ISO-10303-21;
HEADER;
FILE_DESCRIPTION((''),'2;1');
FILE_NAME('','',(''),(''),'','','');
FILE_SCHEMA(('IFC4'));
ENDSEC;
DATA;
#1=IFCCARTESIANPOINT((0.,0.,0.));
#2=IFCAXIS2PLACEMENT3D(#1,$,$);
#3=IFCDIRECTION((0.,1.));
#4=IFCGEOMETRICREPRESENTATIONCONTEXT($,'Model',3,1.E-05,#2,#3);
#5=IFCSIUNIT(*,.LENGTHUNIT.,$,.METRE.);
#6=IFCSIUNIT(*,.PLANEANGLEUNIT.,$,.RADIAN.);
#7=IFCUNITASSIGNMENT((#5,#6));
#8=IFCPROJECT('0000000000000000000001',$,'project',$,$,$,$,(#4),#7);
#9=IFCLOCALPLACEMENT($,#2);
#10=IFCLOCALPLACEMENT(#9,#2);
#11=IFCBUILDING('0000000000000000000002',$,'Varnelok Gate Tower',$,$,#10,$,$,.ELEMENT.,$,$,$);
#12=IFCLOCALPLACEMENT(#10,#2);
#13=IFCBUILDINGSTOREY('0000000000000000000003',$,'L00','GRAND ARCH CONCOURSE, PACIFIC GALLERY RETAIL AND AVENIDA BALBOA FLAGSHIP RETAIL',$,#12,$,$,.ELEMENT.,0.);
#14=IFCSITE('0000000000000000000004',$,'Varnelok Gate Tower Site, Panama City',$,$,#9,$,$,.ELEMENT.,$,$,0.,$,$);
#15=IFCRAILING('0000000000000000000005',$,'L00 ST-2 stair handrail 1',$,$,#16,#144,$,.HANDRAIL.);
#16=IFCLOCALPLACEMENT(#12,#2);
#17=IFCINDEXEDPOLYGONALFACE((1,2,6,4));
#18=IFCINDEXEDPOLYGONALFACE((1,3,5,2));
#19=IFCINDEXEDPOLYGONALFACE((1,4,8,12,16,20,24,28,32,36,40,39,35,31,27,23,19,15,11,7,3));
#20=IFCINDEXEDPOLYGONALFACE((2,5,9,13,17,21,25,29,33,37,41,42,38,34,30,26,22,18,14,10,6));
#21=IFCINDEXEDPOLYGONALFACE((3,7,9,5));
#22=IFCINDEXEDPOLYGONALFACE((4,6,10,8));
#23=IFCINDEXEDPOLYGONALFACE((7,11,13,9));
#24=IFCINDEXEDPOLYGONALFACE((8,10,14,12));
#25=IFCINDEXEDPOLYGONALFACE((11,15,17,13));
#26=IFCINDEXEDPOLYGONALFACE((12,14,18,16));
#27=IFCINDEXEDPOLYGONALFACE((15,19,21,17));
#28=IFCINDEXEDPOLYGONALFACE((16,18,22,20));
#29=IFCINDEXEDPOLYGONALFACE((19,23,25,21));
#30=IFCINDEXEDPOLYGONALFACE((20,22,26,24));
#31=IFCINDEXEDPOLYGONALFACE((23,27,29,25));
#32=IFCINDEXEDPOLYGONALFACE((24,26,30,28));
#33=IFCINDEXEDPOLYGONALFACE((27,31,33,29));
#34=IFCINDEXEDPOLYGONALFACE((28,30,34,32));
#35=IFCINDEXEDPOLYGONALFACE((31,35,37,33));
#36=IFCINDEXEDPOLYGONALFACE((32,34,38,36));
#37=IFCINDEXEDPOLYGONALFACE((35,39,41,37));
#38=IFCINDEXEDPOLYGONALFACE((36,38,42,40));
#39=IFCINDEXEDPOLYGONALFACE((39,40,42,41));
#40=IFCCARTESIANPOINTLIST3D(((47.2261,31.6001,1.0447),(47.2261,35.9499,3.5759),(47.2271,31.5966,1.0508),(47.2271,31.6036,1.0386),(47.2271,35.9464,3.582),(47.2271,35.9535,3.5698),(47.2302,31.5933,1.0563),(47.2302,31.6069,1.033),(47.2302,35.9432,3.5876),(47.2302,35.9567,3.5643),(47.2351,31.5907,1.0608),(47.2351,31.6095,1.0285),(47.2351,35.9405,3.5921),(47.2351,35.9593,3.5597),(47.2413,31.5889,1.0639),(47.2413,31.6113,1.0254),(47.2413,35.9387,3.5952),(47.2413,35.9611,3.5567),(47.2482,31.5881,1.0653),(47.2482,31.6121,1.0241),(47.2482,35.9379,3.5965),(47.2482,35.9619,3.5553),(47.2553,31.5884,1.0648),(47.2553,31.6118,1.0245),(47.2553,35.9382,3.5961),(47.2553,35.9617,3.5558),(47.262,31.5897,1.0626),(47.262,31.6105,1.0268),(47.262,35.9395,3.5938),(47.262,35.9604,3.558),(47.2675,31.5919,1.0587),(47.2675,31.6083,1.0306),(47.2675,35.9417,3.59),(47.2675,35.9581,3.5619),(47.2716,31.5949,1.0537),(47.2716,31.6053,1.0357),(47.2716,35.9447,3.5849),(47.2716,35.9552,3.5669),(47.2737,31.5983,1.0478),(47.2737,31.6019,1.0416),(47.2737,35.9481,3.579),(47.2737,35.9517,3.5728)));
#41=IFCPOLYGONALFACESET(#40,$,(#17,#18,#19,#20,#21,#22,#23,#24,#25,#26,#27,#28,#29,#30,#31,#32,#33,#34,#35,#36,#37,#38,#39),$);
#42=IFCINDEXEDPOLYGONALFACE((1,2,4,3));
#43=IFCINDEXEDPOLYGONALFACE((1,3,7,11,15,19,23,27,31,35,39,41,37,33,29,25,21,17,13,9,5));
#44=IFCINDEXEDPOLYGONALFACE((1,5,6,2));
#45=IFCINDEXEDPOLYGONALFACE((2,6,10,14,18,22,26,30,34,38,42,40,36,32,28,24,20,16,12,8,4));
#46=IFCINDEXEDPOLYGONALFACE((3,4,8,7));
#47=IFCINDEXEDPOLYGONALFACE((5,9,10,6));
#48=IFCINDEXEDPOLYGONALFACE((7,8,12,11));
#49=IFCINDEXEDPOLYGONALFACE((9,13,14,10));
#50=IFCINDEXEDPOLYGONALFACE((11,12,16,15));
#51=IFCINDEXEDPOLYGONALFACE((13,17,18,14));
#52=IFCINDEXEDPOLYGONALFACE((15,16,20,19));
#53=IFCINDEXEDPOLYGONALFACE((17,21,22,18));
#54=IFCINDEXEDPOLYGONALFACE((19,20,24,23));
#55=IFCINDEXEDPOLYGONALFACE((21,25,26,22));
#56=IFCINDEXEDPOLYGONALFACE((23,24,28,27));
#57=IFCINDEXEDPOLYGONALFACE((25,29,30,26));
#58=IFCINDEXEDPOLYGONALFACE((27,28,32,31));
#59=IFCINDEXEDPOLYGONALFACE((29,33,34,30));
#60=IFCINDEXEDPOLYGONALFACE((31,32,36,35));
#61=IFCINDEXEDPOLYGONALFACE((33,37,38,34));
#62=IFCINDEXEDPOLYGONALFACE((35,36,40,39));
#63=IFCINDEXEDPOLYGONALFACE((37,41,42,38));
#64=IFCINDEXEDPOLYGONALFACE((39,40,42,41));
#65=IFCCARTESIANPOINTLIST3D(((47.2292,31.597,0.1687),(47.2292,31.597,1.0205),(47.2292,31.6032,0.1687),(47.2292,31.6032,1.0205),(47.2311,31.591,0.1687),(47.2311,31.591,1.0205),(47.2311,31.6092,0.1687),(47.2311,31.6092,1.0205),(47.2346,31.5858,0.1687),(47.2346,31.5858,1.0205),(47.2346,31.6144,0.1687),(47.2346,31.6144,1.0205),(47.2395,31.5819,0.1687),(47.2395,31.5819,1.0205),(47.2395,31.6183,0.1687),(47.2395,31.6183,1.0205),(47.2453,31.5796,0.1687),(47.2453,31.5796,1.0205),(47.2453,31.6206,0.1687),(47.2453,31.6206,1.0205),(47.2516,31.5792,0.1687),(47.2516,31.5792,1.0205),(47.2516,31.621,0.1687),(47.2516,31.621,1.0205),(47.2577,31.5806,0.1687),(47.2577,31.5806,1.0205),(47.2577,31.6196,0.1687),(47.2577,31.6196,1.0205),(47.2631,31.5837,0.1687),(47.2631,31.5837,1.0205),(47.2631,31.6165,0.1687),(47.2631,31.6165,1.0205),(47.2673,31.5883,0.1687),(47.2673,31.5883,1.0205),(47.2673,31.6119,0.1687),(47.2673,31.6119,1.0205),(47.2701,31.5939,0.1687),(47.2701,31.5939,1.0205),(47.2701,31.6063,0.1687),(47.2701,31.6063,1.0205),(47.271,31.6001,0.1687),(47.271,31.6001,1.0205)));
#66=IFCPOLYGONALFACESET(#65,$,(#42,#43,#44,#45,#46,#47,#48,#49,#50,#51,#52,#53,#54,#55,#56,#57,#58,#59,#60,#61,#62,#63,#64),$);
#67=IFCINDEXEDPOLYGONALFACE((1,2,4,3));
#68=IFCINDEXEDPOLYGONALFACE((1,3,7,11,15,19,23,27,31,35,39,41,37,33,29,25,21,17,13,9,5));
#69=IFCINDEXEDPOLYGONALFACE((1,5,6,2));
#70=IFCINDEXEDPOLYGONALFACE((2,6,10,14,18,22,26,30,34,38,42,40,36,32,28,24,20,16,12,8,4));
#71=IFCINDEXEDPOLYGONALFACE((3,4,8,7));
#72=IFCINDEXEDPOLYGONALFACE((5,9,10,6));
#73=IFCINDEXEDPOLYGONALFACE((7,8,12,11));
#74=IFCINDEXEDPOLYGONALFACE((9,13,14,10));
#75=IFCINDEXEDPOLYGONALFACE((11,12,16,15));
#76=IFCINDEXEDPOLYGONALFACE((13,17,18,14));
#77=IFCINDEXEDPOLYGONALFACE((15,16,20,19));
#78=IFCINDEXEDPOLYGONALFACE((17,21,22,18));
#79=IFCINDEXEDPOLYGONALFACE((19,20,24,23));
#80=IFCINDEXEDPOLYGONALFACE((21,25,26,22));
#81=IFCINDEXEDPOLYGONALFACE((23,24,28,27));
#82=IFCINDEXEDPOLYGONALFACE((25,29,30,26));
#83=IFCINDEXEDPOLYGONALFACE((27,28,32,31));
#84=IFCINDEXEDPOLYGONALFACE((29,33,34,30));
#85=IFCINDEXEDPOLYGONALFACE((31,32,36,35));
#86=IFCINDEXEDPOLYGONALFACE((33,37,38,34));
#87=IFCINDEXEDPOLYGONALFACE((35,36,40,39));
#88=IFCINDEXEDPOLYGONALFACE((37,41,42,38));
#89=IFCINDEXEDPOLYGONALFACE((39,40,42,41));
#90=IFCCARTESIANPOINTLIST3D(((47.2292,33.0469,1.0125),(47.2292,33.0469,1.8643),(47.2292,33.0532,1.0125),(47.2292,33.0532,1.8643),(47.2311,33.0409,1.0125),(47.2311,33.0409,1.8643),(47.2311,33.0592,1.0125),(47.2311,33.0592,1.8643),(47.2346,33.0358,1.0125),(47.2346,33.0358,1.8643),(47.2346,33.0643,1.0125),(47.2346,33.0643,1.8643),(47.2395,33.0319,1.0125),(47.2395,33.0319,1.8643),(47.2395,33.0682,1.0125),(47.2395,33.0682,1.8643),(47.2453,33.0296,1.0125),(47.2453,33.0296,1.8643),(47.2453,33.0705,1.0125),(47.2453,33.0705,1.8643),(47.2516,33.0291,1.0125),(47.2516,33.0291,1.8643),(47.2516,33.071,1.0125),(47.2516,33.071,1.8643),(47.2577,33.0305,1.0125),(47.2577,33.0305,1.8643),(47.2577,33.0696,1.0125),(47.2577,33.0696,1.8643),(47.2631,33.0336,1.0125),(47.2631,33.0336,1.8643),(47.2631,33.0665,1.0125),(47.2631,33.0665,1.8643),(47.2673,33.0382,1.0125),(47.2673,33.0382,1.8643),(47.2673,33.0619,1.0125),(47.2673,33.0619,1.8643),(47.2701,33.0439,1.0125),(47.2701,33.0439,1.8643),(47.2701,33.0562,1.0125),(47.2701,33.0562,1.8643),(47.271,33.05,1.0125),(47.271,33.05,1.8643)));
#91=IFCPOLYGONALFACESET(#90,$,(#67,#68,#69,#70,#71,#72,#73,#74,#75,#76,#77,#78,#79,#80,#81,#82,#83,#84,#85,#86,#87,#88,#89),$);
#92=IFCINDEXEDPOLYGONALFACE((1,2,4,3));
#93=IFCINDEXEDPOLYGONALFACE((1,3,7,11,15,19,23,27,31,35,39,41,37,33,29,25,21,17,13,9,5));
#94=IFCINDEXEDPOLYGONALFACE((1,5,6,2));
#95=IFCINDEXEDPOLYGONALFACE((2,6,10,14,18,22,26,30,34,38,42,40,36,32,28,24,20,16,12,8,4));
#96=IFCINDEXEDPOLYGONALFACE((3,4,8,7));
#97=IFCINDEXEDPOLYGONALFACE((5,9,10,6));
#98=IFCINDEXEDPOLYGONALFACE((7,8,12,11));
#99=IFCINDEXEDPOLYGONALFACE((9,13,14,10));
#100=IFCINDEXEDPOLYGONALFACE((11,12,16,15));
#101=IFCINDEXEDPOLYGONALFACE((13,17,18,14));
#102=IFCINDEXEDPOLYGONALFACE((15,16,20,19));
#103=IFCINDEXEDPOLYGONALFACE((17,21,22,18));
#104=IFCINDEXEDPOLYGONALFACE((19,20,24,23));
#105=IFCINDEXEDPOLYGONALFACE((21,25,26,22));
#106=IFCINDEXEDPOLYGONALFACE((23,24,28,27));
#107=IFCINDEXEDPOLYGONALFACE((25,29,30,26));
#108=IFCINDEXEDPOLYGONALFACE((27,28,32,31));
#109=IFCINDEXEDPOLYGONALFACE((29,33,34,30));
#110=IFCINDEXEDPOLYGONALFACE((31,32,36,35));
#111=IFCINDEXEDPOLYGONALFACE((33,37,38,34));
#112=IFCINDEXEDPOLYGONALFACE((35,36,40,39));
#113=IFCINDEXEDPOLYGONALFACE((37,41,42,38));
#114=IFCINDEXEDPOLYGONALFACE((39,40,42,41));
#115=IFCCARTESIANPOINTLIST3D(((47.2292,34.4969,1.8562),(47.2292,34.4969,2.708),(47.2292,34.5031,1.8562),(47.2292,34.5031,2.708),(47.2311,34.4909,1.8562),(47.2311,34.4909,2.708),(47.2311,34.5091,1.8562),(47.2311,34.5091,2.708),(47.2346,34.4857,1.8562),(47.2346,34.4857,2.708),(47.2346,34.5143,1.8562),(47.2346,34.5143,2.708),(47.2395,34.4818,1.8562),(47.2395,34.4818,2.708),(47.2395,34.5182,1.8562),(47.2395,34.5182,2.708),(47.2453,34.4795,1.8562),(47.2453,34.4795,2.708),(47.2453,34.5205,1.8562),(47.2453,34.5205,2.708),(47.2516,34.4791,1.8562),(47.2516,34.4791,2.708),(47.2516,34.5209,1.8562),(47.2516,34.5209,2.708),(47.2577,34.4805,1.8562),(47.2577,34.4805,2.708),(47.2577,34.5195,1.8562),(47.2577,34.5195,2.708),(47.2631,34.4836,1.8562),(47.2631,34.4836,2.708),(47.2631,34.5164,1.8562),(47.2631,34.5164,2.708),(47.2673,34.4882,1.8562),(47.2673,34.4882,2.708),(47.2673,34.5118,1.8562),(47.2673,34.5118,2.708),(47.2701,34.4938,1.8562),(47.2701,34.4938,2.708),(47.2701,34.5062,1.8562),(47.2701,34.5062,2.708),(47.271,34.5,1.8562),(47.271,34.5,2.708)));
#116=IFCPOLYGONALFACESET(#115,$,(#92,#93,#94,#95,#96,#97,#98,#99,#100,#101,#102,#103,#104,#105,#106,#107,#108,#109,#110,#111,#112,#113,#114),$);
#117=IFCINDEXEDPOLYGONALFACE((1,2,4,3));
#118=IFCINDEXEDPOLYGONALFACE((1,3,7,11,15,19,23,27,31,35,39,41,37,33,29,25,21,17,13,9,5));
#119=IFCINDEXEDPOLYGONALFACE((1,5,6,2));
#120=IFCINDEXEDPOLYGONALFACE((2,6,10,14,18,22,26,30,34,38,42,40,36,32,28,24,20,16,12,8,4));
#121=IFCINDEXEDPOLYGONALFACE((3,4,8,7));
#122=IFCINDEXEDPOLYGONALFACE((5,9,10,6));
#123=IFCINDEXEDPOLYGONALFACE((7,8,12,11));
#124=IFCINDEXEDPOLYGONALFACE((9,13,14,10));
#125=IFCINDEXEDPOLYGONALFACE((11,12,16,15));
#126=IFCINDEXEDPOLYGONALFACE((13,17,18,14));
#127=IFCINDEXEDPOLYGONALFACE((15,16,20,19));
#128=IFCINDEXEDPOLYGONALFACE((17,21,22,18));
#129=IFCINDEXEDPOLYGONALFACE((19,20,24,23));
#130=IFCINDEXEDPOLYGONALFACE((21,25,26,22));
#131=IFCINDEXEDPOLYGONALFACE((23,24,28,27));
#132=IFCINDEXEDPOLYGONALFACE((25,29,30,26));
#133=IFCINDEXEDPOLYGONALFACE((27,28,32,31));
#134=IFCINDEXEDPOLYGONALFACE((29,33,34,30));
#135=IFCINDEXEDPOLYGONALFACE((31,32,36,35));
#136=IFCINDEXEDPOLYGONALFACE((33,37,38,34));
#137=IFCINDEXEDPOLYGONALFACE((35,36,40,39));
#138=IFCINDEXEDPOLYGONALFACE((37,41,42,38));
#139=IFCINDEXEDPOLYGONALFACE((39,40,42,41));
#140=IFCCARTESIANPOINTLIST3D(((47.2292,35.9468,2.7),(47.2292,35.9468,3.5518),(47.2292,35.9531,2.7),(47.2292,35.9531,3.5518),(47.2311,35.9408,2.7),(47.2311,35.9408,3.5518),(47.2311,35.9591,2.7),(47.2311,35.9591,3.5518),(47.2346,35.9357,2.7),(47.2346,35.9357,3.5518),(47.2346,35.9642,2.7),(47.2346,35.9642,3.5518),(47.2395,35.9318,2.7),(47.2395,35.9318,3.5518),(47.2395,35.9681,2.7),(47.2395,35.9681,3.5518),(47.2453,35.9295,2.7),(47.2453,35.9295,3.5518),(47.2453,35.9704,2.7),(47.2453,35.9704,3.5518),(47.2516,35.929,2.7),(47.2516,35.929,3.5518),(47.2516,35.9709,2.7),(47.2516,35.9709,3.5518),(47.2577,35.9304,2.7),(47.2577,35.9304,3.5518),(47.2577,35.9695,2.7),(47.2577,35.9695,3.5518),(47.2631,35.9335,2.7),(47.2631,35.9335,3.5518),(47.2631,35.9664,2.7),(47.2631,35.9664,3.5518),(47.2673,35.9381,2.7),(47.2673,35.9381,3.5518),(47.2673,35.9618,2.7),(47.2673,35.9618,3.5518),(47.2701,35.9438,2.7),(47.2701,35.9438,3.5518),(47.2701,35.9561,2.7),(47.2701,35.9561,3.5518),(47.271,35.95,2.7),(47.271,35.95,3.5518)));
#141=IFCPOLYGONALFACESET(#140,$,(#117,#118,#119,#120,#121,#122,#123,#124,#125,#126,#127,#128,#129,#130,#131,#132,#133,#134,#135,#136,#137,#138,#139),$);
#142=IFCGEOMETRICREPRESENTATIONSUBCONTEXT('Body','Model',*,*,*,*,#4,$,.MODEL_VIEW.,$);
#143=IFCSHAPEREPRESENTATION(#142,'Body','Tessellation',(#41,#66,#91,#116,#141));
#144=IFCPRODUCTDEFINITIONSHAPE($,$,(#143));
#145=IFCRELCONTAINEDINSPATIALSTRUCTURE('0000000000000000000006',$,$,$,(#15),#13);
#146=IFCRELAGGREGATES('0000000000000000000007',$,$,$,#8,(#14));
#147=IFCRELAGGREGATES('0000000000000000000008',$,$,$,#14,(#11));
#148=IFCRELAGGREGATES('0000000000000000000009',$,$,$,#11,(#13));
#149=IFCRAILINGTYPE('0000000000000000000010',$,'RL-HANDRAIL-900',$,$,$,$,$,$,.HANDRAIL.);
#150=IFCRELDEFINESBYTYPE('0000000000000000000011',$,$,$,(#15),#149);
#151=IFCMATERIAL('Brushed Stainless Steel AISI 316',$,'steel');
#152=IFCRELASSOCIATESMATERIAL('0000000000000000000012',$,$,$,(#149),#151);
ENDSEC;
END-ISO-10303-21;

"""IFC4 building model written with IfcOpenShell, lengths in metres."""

from ifc_helpers import new_model, si_unit, direction, frame, origin, origin_2d, place, context, subcontext, project, spatial, circle, extrude, material, type_object, element, save


model = new_model("IFC4")

# Units and contexts
model_context = context("Model", 3, precision=1e-05, world=origin(), true_north=direction((0.0, 1.0)))
body_context = subcontext(model_context, "Body", "Model", "MODEL_VIEW")
ifc_project = project(units=[si_unit("LENGTHUNIT", "METRE"), si_unit("PLANEANGLEUNIT", "RADIAN")], contexts=[model_context])

# Site, building, storey
site_placement = place(None, origin())
site = spatial("IfcSite", under=ifc_project, at=site_placement, Name="Varnelok Gate Tower Site, Panama City", CompositionType="ELEMENT", RefElevation=0.0)
building_placement = place(site_placement, origin())
building = spatial("IfcBuilding", under=site, at=building_placement, Name="Varnelok Gate Tower", CompositionType="ELEMENT")
storey_placement = place(building_placement, origin())
storey = spatial("IfcBuildingStorey", under=building, at=storey_placement, Name="L00", Description="GRAND ARCH CONCOURSE, PACIFIC GALLERY RETAIL AND AVENIDA BALBOA FLAGSHIP RETAIL", CompositionType="ELEMENT", Elevation=0.0)

# Railing
ifc_material_1 = material(Name="Brushed Stainless Steel AISI 316", Category="steel")
railing_type_1 = type_object("IfcRailingType", Name="RL-HANDRAIL-900", PredefinedType="HANDRAIL", material=ifc_material_1)
railing_1_placement = place(storey_placement, frame((47.25, 31.6001, 0.1687)))
element("IfcRailing", 1, at=railing_1_placement, inside=storey, type_object=railing_type_1, Name="L00 ST-2 stair handrail 1", PredefinedType="HANDRAIL", context=body_context, shape_type="SweptSolid", body=[
    extrude(circle(Radius=0.0239, at=origin_2d()), frame((0.0, 0.0, 0.876), z_axis=(0.0, 0.864312, 0.502957), x_axis=(-1.0, 0.0, 0.0)), (0.0, 0.0, 1.0), 5.0327),
    extrude(circle(Radius=0.021, at=origin_2d()), origin(), (0.0, 0.0, 1.0), 0.8518),
    extrude(circle(Radius=0.021, at=origin_2d()), frame((0.0, 1.45, 0.8438)), (0.0, 0.0, 1.0), 0.8518),
    extrude(circle(Radius=0.021, at=origin_2d()), frame((0.0, 2.8999, 1.6875)), (0.0, 0.0, 1.0), 0.8518),
    extrude(circle(Radius=0.021, at=origin_2d()), frame((0.0, 4.3499, 2.5312)), (0.0, 0.0, 1.0), 0.8518),
])

save(model, "model.ifc")
